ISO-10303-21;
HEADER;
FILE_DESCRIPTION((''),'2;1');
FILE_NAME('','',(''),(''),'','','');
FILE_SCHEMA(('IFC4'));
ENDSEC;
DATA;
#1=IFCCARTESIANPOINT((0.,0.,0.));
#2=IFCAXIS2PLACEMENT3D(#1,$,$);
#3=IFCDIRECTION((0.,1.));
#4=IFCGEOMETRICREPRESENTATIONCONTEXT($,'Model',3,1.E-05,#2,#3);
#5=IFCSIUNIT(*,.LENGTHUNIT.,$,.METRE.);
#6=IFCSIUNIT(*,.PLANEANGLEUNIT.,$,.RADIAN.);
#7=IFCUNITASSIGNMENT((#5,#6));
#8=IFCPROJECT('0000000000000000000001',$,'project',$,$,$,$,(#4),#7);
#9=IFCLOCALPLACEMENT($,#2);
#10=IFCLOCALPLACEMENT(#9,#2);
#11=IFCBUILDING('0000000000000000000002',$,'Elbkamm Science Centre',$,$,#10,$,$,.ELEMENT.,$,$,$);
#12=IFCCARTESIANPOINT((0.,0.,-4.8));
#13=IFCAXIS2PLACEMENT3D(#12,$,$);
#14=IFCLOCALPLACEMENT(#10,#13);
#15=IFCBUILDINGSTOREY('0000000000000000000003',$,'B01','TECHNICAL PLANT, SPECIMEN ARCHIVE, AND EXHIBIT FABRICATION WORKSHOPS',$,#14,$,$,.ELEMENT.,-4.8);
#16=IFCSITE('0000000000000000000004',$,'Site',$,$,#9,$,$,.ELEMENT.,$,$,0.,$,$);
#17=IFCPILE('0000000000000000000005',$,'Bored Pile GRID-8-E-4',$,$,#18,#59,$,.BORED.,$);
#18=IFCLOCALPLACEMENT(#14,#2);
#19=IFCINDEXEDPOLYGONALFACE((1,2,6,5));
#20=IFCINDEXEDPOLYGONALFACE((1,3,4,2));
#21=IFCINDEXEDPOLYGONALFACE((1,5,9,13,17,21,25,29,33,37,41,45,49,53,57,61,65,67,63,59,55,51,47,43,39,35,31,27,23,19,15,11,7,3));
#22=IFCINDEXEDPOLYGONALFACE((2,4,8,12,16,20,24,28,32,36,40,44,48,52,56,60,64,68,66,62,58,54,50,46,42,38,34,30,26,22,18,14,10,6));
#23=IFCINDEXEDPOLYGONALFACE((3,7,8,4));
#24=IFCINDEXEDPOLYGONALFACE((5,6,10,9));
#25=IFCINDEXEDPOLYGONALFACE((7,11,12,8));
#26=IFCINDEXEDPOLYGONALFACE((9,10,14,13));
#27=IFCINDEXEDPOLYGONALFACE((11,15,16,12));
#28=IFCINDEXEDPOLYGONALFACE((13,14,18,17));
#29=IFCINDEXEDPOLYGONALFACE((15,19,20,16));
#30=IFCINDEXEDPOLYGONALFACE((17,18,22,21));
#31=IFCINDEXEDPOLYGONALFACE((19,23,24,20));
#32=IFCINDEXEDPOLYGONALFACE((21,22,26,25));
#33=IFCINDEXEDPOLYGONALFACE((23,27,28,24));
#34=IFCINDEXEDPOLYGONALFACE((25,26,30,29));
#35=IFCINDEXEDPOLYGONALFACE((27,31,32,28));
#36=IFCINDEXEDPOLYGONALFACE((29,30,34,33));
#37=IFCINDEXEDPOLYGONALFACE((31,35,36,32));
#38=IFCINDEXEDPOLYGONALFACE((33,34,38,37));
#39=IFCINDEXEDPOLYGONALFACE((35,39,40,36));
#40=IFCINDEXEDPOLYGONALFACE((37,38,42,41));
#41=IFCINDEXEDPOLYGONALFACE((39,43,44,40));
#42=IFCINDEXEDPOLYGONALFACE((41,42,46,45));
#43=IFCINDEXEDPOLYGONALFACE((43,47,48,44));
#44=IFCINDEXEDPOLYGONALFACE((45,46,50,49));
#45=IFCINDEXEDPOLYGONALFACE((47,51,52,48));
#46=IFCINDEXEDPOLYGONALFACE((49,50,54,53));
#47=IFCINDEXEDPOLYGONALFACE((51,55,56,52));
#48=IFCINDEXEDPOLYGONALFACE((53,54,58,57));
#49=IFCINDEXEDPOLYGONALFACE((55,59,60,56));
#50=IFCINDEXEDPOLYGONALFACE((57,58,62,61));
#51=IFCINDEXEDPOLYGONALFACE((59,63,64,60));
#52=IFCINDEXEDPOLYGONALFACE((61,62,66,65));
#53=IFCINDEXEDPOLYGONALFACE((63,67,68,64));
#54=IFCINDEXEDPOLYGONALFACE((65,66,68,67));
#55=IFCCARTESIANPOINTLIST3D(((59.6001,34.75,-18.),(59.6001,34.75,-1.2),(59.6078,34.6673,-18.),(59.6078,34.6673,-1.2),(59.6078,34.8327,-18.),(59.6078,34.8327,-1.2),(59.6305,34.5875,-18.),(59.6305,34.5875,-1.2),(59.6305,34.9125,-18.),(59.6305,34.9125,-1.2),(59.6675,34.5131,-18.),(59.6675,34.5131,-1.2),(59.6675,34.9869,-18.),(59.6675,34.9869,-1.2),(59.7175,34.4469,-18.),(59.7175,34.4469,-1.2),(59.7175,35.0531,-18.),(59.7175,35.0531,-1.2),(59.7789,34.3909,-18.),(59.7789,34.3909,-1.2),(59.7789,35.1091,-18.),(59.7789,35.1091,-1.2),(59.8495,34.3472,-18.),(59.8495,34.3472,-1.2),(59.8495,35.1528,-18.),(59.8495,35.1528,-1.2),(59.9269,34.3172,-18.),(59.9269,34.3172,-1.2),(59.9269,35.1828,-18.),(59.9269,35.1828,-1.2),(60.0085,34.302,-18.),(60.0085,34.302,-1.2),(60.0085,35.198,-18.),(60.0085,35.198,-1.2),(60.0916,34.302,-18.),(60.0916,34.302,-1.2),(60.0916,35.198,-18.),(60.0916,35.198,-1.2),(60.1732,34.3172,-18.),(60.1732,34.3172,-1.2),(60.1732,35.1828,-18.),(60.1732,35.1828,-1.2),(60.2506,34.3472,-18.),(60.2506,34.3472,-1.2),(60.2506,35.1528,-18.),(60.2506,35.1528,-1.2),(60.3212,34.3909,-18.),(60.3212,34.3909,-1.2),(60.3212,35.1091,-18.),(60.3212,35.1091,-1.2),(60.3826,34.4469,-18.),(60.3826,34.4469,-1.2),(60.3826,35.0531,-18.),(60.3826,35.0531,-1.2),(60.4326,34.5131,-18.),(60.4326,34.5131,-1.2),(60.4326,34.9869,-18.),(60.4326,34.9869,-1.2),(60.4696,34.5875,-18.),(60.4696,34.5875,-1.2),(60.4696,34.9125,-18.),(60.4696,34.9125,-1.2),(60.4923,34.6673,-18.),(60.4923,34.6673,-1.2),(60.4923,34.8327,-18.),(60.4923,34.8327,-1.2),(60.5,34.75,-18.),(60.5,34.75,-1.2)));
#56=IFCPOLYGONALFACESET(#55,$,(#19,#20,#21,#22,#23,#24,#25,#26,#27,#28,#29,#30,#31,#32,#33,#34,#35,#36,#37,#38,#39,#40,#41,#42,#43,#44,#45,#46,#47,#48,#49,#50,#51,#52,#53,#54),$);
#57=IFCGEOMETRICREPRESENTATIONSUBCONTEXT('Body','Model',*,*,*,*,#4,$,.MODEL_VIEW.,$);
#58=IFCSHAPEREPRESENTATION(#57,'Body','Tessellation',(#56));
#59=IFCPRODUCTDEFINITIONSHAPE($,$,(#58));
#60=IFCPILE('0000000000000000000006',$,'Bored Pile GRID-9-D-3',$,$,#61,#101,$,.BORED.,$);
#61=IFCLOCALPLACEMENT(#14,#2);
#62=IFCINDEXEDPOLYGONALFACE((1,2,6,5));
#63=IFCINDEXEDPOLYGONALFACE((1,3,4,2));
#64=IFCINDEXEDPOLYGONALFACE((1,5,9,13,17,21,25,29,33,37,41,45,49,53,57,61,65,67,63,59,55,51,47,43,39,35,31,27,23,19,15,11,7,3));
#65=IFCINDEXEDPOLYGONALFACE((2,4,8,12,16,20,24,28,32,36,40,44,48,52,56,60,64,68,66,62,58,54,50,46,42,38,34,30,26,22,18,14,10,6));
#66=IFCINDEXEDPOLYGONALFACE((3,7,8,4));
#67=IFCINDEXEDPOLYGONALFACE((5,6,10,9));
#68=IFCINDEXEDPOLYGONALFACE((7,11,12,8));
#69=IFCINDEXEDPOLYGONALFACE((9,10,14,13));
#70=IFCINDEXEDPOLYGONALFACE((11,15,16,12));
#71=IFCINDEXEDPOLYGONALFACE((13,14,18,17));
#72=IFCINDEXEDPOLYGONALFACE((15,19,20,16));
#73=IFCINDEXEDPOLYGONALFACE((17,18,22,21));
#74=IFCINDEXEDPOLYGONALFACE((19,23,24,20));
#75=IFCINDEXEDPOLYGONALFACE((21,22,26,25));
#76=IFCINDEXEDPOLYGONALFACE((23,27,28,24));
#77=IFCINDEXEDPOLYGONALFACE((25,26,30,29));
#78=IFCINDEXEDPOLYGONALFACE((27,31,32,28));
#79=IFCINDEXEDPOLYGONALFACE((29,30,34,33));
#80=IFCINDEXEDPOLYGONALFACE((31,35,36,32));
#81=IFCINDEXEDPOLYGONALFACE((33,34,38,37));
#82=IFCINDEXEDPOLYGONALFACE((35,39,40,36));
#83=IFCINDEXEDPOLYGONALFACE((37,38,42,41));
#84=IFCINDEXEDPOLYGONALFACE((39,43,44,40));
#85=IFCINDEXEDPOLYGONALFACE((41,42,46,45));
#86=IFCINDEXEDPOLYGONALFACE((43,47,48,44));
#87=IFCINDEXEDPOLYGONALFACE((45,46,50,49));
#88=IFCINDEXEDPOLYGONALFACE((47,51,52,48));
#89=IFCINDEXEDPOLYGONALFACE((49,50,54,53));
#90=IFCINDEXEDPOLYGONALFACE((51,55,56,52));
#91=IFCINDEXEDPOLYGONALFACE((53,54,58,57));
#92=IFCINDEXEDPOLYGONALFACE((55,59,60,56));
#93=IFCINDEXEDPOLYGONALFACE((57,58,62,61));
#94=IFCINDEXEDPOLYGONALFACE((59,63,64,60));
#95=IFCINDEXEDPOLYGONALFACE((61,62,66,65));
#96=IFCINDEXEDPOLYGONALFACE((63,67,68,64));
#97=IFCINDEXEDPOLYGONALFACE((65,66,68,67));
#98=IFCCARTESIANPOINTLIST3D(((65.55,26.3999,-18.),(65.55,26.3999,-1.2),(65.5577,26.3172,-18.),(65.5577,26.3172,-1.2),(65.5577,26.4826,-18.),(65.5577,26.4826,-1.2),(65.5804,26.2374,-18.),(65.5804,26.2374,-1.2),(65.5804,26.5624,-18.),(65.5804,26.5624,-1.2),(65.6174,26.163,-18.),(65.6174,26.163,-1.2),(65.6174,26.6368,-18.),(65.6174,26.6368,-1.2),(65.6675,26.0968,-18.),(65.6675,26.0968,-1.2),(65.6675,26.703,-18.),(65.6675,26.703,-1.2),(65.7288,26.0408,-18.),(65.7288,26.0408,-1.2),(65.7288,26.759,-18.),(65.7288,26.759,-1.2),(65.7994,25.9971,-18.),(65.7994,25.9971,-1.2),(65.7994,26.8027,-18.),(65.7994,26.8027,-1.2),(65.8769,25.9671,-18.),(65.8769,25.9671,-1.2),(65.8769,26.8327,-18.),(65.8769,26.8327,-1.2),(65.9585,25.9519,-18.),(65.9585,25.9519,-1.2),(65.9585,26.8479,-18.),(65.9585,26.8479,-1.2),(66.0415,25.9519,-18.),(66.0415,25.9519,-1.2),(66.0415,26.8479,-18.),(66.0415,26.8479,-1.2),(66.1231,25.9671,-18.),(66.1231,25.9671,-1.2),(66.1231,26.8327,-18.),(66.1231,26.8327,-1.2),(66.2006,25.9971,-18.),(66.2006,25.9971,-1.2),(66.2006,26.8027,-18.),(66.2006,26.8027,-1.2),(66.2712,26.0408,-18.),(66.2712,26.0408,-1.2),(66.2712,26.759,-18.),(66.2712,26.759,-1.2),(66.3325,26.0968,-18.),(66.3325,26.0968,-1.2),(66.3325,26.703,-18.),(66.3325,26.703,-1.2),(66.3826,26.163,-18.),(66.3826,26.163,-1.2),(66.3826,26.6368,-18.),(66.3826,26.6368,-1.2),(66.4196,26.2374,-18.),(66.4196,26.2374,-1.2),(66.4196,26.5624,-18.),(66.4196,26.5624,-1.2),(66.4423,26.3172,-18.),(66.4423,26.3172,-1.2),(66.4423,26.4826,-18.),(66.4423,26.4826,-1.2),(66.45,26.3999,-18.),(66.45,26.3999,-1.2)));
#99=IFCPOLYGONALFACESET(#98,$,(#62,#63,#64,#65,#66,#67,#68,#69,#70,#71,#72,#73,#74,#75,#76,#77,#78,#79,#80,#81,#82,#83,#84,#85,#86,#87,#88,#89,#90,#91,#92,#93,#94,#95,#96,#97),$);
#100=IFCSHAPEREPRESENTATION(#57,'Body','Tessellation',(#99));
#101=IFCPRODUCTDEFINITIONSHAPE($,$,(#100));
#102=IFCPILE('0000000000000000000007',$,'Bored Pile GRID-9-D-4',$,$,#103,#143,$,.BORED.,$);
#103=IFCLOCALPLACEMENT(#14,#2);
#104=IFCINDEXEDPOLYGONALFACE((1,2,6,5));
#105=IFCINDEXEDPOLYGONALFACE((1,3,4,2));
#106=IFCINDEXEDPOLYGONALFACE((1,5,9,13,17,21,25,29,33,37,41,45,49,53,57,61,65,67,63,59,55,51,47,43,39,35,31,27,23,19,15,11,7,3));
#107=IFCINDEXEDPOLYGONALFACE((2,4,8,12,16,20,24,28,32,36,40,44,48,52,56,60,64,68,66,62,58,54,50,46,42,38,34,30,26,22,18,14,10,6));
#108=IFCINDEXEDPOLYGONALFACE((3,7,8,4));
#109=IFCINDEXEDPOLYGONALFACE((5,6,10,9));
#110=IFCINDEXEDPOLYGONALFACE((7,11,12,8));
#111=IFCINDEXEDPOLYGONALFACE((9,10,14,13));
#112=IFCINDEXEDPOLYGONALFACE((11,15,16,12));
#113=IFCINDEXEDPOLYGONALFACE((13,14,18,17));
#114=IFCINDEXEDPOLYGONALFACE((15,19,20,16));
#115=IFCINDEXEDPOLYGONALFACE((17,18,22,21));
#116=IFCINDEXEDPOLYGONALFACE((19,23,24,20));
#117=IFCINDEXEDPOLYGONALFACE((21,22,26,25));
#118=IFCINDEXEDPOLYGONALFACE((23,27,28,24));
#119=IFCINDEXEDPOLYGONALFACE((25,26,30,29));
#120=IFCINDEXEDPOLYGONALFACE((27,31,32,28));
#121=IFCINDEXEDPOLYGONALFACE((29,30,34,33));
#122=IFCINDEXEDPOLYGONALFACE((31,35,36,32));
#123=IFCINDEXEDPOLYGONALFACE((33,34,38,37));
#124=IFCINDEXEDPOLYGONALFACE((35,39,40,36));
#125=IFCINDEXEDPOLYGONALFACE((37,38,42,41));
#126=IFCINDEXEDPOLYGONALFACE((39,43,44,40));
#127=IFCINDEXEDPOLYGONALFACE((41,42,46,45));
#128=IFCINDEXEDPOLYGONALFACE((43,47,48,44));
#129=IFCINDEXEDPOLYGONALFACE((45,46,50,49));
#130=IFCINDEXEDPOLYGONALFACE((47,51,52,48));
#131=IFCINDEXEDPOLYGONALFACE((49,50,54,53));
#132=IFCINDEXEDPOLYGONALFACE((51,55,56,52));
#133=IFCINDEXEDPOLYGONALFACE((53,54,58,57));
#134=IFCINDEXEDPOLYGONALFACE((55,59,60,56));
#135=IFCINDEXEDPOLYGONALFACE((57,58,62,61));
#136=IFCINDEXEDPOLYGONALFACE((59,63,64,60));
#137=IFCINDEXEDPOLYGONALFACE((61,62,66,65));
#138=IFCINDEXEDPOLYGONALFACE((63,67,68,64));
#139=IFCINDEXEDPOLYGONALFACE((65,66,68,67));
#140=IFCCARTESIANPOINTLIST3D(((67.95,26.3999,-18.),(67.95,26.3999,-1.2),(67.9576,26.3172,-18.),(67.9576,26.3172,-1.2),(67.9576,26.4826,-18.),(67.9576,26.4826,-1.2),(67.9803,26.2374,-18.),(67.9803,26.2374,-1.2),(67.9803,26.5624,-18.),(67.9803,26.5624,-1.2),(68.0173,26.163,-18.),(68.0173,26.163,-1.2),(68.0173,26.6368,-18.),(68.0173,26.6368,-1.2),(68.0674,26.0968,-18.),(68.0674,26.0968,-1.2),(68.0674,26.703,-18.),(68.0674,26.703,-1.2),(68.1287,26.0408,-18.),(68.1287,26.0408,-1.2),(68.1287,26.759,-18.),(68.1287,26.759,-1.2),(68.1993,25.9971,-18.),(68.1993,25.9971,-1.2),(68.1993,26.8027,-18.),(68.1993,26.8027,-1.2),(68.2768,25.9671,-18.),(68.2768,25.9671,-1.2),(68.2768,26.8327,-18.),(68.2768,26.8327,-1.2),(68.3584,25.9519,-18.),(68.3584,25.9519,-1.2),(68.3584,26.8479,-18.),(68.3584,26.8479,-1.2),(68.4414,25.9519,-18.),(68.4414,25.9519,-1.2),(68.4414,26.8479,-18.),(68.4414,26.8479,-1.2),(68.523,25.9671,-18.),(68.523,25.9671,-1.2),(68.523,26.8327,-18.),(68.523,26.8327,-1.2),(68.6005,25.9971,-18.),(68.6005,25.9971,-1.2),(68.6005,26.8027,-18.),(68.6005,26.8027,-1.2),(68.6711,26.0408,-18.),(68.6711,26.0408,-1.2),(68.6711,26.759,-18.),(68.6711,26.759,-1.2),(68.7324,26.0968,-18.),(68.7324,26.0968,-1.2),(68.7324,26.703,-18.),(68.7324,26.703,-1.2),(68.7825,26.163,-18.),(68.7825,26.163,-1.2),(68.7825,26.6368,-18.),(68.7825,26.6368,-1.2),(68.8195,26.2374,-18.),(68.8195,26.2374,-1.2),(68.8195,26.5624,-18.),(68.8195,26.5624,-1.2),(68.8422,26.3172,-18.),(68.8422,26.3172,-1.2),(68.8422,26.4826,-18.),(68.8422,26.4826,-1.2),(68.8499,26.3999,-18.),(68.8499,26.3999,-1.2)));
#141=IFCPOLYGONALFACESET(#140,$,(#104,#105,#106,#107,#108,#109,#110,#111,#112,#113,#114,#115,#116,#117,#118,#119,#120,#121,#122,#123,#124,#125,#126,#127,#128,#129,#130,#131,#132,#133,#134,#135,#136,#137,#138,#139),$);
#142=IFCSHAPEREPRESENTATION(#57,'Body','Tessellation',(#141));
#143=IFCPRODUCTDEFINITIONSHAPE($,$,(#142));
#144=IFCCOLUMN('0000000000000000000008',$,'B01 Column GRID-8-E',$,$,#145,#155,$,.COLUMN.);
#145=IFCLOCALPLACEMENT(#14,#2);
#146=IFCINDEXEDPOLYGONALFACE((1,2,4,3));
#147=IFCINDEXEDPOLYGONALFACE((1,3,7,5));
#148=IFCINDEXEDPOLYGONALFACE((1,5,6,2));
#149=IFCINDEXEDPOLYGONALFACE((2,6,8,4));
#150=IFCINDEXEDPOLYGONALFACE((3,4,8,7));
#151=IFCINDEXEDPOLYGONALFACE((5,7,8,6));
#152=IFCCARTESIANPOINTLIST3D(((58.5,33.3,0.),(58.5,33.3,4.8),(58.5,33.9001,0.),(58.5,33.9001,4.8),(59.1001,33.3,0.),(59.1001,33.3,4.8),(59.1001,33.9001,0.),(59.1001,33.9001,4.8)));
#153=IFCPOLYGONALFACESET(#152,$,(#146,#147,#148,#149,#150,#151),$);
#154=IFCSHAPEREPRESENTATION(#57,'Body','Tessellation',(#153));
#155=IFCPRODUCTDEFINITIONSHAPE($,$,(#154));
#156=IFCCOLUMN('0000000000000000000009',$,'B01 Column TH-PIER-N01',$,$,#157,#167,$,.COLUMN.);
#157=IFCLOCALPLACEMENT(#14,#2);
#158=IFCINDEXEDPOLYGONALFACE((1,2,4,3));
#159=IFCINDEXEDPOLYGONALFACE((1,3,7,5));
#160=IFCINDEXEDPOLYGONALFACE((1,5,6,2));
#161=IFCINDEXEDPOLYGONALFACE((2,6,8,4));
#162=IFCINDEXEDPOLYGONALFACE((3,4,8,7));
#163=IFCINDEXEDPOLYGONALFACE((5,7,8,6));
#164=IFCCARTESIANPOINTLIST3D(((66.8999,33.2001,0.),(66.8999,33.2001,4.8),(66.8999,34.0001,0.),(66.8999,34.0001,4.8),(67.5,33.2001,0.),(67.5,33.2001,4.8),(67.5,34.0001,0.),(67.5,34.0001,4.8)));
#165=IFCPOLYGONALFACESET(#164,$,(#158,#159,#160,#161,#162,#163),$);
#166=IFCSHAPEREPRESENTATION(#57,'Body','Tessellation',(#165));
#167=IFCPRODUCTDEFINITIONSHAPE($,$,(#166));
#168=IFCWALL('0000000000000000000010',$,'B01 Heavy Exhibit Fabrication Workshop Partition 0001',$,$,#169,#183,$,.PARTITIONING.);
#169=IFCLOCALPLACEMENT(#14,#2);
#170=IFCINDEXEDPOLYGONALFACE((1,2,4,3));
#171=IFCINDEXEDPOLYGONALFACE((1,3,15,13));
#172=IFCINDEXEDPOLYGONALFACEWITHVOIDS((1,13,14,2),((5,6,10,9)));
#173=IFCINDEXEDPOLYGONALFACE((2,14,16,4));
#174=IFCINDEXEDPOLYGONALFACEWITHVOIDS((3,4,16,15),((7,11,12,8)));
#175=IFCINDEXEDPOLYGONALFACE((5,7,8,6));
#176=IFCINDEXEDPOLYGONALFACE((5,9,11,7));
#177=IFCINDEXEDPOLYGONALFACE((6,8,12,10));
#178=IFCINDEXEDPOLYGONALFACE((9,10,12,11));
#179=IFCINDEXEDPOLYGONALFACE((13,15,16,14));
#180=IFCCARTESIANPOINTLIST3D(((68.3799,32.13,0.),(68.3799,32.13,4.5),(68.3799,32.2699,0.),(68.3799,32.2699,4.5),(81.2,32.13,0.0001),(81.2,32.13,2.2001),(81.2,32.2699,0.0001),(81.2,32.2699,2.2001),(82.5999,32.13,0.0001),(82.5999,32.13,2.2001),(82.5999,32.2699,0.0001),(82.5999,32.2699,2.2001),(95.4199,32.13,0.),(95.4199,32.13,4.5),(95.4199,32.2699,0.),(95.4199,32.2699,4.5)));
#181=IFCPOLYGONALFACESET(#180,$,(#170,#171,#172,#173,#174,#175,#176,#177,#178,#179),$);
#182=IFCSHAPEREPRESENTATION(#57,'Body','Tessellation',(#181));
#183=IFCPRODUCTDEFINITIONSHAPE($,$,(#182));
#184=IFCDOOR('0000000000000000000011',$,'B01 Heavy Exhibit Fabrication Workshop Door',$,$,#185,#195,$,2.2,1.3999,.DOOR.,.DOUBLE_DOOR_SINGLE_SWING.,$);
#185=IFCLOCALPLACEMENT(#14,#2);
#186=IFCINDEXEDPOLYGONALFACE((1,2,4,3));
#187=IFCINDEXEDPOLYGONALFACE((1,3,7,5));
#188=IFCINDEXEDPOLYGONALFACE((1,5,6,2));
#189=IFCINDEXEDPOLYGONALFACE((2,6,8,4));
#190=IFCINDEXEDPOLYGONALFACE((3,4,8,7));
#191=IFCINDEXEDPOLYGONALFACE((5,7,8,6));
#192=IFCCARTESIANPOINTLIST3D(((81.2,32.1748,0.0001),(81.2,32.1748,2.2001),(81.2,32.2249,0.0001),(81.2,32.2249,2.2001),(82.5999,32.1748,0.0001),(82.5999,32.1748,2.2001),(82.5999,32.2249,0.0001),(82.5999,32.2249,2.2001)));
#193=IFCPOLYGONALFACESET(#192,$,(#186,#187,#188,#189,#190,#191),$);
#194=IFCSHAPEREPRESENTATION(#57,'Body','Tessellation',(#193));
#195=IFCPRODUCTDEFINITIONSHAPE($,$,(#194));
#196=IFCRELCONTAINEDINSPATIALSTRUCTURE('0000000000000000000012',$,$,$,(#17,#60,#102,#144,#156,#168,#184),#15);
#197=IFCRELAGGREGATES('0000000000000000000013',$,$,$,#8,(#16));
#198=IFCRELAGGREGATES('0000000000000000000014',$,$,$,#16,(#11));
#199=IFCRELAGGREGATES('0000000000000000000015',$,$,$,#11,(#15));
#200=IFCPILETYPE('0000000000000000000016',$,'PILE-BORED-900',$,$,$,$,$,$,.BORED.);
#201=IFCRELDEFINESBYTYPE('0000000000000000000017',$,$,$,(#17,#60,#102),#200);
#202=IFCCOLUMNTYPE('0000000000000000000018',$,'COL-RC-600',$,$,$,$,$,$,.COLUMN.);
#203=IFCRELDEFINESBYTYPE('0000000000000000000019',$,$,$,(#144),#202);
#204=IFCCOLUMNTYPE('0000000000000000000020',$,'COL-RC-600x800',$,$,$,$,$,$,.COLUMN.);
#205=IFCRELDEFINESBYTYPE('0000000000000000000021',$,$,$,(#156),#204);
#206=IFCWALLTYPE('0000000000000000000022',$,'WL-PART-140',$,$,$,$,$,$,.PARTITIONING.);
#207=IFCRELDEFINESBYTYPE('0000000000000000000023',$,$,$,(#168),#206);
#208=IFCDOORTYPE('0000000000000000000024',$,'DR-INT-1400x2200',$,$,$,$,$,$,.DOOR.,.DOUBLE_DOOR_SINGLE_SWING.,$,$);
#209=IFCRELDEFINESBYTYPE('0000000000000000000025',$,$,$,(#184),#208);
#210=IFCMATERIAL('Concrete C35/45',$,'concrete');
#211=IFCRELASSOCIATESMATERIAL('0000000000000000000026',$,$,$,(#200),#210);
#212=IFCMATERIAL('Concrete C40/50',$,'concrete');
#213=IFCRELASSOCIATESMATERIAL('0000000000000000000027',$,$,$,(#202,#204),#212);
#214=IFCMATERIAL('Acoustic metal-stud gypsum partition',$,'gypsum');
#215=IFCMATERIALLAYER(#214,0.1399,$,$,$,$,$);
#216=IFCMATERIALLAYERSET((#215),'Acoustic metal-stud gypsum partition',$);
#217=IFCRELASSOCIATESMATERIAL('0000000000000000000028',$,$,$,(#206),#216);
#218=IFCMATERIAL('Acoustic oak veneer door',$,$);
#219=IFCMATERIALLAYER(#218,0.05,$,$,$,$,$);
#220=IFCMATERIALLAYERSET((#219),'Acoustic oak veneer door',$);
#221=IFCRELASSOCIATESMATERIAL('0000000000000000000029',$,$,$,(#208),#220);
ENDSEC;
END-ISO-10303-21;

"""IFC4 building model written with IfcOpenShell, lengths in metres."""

from ifc_helpers import new_model, si_unit, direction, frame, frame_2d, origin, origin_2d, place, context, subcontext, project, spatial, rectangle, circle, extrude, material, layer, layer_set, material_profile, profile_set, type_object, element, fill, save


model = new_model("IFC4")

# Units and contexts
model_context = context("Model", 3, precision=1e-05, world=origin(), true_north=direction((0.0, 1.0)))
body_context = subcontext(model_context, "Body", "Model", "MODEL_VIEW")
ifc_project = project(units=[si_unit("LENGTHUNIT", "METRE"), si_unit("PLANEANGLEUNIT", "RADIAN")], contexts=[model_context])

# Site, building, storey
site_placement = place(None, origin())
site = spatial("IfcSite", under=ifc_project, at=site_placement, Name="Site", CompositionType="ELEMENT", RefElevation=0.0)
building_placement = place(site_placement, origin())
building = spatial("IfcBuilding", under=site, at=building_placement, Name="Elbkamm Science Centre", CompositionType="ELEMENT")
storey_placement = place(building_placement, frame((0.0, 0.0, -4.8)))
storey = spatial("IfcBuildingStorey", under=building, at=storey_placement, Name="B01", Description="TECHNICAL PLANT, SPECIMEN ARCHIVE, AND EXHIBIT FABRICATION WORKSHOPS", CompositionType="ELEMENT", Elevation=-4.8)

# Shared definitions
ifc_material_1 = material(Name="Concrete C35/45", Category="concrete")

# Piles
ifc_material_profile_1 = material_profile(ifc_material_1, circle(Radius=0.45, at=origin_2d()), Name="PILE D900")
ifc_profile_set_1 = profile_set([ifc_material_profile_1], Name="Concrete C35/45")
pile_type_1 = type_object("IfcPileType", Name="PILE-BORED-900", PredefinedType="BORED", material=ifc_profile_set_1)
for number, where, z_axis, x_axis, name in (
    (1, (60.05, 34.75, -1.2), (0.0, 0.0, -1.0), (1.0, 0.0, 0.0), "Bored Pile GRID-8-E-4"),
    (2, (66.0, 26.3999, -1.2), (0.0, 0.0, -1.0), (1.0, 0.0, 0.0), "Bored Pile GRID-9-D-3"),
    (3, (68.3999, 26.3999, -1.2), (0.0, 0.0, -1.0), (1.0, 0.0, 0.0), "Bored Pile GRID-9-D-4"),
):
    element("IfcPile", number, at=place(storey_placement, frame(where, z_axis=z_axis, x_axis=x_axis)), inside=storey, type_object=pile_type_1, Name=name, PredefinedType="BORED", context=body_context, shape_type="SweptSolid", body=[
        extrude(circle(Radius=0.45, at=origin_2d()), origin(), (0.0, 0.0, 1.0), 16.8),
    ])

# Columns
ifc_material_2 = material(Name="Concrete C40/50", Category="concrete")
ifc_material_profile_2 = material_profile(ifc_material_2, rectangle(XDim=0.6001, YDim=0.6001, at=origin_2d()), Name="RC 600x600")
ifc_profile_set_2 = profile_set([ifc_material_profile_2], Name="Concrete C40/50")
column_type_1 = type_object("IfcColumnType", Name="COL-RC-600", PredefinedType="COLUMN", material=ifc_profile_set_2)
column_1_placement = place(storey_placement, frame((58.8, 33.6001, 0.0), z_axis=(0.0, 0.0, 1.0), x_axis=(1.0, 0.0, 0.0)))
element("IfcColumn", 4, at=column_1_placement, inside=storey, type_object=column_type_1, Name="B01 Column GRID-8-E", PredefinedType="COLUMN", context=body_context, shape_type="SweptSolid", body=[
    extrude(rectangle(XDim=0.6001, YDim=0.6001, at=origin_2d()), origin(), (0.0, 0.0, 1.0), 4.8),
])
ifc_material_profile_3 = material_profile(ifc_material_2, rectangle(XDim=0.6001, YDim=0.8, at=origin_2d()), Name="RC 600x800")
ifc_profile_set_3 = profile_set([ifc_material_profile_3], Name="Concrete C40/50")
column_type_2 = type_object("IfcColumnType", Name="COL-RC-600x800", PredefinedType="COLUMN", material=ifc_profile_set_3)
column_2_placement = place(storey_placement, frame((67.2, 33.6001, 0.0), z_axis=(0.0, 0.0, 1.0), x_axis=(1.0, 0.0, 0.0)))
element("IfcColumn", 5, at=column_2_placement, inside=storey, type_object=column_type_2, Name="B01 Column TH-PIER-N01", PredefinedType="COLUMN", context=body_context, shape_type="SweptSolid", body=[
    extrude(rectangle(XDim=0.6001, YDim=0.8, at=origin_2d()), origin(), (0.0, 0.0, 1.0), 4.8),
])

# Wall, opening, door
ifc_material_3 = material(Name="Acoustic metal-stud gypsum partition", Category="gypsum")
ifc_layer_1 = layer(ifc_material_3, 0.1399)
ifc_layer_set_1 = layer_set([ifc_layer_1], Name="Acoustic metal-stud gypsum partition")
wall_type_1 = type_object("IfcWallType", Name="WL-PART-140", PredefinedType="PARTITIONING", material=ifc_layer_set_1)
wall_1_placement = place(storey_placement, frame((68.3799, 32.2, 0.0), z_axis=(0.0, 0.0, 1.0), x_axis=(1.0, 0.0, 0.0)))
wall_1 = element("IfcWall", 6, at=wall_1_placement, inside=storey, type_object=wall_type_1, Name="B01 Heavy Exhibit Fabrication Workshop Partition 0001", PredefinedType="PARTITIONING", context=body_context, shape_type="SweptSolid", body=[
    extrude(rectangle(XDim=27.04, YDim=0.1399, at=frame_2d((13.52, 0.0))), origin(), (0.0, 0.0, 1.0), 4.5),
])
opening_placement = place(wall_1_placement, frame((12.8201, 0.0, 0.0)))
opening = element("IfcOpeningElement", 7, at=opening_placement, cuts=wall_1, PredefinedType="OPENING", context=body_context, shape_type="SweptSolid", body=[
    extrude(rectangle(XDim=1.3999, YDim=2.2, at=frame_2d((0.7, 1.1001))), frame((0.0, 0.082, 0.0), z_axis=(0.0, -1.0, 0.0), x_axis=(1.0, 0.0, 0.0)), (0.0, 0.0, 1.0), 0.1638),
])
ifc_material_4 = material(Name="Acoustic oak veneer door")
ifc_layer_2 = layer(ifc_material_4, 0.05)
ifc_layer_set_2 = layer_set([ifc_layer_2], Name="Acoustic oak veneer door")
door_type = type_object("IfcDoorType", Name="DR-INT-1400x2200", OperationType="DOUBLE_DOOR_SINGLE_SWING", PredefinedType="DOOR", material=ifc_layer_set_2)
door_placement = place(opening_placement, origin())
door = element("IfcDoor", 8, at=door_placement, inside=storey, type_object=door_type, Name="B01 Heavy Exhibit Fabrication Workshop Door", OperationType="DOUBLE_DOOR_SINGLE_SWING", OverallHeight=2.2, OverallWidth=1.3999, PredefinedType="DOOR", context=body_context, shape_type="SweptSolid", body=[
    extrude(rectangle(XDim=1.3999, YDim=2.2, at=frame_2d((0.7, 1.1001))), frame((0.0, 0.0249, 0.0), z_axis=(0.0, -1.0, 0.0), x_axis=(1.0, 0.0, 0.0)), (0.0, 0.0, 1.0), 0.05),
])
fill(opening, door)

save(model, "model.ifc")
